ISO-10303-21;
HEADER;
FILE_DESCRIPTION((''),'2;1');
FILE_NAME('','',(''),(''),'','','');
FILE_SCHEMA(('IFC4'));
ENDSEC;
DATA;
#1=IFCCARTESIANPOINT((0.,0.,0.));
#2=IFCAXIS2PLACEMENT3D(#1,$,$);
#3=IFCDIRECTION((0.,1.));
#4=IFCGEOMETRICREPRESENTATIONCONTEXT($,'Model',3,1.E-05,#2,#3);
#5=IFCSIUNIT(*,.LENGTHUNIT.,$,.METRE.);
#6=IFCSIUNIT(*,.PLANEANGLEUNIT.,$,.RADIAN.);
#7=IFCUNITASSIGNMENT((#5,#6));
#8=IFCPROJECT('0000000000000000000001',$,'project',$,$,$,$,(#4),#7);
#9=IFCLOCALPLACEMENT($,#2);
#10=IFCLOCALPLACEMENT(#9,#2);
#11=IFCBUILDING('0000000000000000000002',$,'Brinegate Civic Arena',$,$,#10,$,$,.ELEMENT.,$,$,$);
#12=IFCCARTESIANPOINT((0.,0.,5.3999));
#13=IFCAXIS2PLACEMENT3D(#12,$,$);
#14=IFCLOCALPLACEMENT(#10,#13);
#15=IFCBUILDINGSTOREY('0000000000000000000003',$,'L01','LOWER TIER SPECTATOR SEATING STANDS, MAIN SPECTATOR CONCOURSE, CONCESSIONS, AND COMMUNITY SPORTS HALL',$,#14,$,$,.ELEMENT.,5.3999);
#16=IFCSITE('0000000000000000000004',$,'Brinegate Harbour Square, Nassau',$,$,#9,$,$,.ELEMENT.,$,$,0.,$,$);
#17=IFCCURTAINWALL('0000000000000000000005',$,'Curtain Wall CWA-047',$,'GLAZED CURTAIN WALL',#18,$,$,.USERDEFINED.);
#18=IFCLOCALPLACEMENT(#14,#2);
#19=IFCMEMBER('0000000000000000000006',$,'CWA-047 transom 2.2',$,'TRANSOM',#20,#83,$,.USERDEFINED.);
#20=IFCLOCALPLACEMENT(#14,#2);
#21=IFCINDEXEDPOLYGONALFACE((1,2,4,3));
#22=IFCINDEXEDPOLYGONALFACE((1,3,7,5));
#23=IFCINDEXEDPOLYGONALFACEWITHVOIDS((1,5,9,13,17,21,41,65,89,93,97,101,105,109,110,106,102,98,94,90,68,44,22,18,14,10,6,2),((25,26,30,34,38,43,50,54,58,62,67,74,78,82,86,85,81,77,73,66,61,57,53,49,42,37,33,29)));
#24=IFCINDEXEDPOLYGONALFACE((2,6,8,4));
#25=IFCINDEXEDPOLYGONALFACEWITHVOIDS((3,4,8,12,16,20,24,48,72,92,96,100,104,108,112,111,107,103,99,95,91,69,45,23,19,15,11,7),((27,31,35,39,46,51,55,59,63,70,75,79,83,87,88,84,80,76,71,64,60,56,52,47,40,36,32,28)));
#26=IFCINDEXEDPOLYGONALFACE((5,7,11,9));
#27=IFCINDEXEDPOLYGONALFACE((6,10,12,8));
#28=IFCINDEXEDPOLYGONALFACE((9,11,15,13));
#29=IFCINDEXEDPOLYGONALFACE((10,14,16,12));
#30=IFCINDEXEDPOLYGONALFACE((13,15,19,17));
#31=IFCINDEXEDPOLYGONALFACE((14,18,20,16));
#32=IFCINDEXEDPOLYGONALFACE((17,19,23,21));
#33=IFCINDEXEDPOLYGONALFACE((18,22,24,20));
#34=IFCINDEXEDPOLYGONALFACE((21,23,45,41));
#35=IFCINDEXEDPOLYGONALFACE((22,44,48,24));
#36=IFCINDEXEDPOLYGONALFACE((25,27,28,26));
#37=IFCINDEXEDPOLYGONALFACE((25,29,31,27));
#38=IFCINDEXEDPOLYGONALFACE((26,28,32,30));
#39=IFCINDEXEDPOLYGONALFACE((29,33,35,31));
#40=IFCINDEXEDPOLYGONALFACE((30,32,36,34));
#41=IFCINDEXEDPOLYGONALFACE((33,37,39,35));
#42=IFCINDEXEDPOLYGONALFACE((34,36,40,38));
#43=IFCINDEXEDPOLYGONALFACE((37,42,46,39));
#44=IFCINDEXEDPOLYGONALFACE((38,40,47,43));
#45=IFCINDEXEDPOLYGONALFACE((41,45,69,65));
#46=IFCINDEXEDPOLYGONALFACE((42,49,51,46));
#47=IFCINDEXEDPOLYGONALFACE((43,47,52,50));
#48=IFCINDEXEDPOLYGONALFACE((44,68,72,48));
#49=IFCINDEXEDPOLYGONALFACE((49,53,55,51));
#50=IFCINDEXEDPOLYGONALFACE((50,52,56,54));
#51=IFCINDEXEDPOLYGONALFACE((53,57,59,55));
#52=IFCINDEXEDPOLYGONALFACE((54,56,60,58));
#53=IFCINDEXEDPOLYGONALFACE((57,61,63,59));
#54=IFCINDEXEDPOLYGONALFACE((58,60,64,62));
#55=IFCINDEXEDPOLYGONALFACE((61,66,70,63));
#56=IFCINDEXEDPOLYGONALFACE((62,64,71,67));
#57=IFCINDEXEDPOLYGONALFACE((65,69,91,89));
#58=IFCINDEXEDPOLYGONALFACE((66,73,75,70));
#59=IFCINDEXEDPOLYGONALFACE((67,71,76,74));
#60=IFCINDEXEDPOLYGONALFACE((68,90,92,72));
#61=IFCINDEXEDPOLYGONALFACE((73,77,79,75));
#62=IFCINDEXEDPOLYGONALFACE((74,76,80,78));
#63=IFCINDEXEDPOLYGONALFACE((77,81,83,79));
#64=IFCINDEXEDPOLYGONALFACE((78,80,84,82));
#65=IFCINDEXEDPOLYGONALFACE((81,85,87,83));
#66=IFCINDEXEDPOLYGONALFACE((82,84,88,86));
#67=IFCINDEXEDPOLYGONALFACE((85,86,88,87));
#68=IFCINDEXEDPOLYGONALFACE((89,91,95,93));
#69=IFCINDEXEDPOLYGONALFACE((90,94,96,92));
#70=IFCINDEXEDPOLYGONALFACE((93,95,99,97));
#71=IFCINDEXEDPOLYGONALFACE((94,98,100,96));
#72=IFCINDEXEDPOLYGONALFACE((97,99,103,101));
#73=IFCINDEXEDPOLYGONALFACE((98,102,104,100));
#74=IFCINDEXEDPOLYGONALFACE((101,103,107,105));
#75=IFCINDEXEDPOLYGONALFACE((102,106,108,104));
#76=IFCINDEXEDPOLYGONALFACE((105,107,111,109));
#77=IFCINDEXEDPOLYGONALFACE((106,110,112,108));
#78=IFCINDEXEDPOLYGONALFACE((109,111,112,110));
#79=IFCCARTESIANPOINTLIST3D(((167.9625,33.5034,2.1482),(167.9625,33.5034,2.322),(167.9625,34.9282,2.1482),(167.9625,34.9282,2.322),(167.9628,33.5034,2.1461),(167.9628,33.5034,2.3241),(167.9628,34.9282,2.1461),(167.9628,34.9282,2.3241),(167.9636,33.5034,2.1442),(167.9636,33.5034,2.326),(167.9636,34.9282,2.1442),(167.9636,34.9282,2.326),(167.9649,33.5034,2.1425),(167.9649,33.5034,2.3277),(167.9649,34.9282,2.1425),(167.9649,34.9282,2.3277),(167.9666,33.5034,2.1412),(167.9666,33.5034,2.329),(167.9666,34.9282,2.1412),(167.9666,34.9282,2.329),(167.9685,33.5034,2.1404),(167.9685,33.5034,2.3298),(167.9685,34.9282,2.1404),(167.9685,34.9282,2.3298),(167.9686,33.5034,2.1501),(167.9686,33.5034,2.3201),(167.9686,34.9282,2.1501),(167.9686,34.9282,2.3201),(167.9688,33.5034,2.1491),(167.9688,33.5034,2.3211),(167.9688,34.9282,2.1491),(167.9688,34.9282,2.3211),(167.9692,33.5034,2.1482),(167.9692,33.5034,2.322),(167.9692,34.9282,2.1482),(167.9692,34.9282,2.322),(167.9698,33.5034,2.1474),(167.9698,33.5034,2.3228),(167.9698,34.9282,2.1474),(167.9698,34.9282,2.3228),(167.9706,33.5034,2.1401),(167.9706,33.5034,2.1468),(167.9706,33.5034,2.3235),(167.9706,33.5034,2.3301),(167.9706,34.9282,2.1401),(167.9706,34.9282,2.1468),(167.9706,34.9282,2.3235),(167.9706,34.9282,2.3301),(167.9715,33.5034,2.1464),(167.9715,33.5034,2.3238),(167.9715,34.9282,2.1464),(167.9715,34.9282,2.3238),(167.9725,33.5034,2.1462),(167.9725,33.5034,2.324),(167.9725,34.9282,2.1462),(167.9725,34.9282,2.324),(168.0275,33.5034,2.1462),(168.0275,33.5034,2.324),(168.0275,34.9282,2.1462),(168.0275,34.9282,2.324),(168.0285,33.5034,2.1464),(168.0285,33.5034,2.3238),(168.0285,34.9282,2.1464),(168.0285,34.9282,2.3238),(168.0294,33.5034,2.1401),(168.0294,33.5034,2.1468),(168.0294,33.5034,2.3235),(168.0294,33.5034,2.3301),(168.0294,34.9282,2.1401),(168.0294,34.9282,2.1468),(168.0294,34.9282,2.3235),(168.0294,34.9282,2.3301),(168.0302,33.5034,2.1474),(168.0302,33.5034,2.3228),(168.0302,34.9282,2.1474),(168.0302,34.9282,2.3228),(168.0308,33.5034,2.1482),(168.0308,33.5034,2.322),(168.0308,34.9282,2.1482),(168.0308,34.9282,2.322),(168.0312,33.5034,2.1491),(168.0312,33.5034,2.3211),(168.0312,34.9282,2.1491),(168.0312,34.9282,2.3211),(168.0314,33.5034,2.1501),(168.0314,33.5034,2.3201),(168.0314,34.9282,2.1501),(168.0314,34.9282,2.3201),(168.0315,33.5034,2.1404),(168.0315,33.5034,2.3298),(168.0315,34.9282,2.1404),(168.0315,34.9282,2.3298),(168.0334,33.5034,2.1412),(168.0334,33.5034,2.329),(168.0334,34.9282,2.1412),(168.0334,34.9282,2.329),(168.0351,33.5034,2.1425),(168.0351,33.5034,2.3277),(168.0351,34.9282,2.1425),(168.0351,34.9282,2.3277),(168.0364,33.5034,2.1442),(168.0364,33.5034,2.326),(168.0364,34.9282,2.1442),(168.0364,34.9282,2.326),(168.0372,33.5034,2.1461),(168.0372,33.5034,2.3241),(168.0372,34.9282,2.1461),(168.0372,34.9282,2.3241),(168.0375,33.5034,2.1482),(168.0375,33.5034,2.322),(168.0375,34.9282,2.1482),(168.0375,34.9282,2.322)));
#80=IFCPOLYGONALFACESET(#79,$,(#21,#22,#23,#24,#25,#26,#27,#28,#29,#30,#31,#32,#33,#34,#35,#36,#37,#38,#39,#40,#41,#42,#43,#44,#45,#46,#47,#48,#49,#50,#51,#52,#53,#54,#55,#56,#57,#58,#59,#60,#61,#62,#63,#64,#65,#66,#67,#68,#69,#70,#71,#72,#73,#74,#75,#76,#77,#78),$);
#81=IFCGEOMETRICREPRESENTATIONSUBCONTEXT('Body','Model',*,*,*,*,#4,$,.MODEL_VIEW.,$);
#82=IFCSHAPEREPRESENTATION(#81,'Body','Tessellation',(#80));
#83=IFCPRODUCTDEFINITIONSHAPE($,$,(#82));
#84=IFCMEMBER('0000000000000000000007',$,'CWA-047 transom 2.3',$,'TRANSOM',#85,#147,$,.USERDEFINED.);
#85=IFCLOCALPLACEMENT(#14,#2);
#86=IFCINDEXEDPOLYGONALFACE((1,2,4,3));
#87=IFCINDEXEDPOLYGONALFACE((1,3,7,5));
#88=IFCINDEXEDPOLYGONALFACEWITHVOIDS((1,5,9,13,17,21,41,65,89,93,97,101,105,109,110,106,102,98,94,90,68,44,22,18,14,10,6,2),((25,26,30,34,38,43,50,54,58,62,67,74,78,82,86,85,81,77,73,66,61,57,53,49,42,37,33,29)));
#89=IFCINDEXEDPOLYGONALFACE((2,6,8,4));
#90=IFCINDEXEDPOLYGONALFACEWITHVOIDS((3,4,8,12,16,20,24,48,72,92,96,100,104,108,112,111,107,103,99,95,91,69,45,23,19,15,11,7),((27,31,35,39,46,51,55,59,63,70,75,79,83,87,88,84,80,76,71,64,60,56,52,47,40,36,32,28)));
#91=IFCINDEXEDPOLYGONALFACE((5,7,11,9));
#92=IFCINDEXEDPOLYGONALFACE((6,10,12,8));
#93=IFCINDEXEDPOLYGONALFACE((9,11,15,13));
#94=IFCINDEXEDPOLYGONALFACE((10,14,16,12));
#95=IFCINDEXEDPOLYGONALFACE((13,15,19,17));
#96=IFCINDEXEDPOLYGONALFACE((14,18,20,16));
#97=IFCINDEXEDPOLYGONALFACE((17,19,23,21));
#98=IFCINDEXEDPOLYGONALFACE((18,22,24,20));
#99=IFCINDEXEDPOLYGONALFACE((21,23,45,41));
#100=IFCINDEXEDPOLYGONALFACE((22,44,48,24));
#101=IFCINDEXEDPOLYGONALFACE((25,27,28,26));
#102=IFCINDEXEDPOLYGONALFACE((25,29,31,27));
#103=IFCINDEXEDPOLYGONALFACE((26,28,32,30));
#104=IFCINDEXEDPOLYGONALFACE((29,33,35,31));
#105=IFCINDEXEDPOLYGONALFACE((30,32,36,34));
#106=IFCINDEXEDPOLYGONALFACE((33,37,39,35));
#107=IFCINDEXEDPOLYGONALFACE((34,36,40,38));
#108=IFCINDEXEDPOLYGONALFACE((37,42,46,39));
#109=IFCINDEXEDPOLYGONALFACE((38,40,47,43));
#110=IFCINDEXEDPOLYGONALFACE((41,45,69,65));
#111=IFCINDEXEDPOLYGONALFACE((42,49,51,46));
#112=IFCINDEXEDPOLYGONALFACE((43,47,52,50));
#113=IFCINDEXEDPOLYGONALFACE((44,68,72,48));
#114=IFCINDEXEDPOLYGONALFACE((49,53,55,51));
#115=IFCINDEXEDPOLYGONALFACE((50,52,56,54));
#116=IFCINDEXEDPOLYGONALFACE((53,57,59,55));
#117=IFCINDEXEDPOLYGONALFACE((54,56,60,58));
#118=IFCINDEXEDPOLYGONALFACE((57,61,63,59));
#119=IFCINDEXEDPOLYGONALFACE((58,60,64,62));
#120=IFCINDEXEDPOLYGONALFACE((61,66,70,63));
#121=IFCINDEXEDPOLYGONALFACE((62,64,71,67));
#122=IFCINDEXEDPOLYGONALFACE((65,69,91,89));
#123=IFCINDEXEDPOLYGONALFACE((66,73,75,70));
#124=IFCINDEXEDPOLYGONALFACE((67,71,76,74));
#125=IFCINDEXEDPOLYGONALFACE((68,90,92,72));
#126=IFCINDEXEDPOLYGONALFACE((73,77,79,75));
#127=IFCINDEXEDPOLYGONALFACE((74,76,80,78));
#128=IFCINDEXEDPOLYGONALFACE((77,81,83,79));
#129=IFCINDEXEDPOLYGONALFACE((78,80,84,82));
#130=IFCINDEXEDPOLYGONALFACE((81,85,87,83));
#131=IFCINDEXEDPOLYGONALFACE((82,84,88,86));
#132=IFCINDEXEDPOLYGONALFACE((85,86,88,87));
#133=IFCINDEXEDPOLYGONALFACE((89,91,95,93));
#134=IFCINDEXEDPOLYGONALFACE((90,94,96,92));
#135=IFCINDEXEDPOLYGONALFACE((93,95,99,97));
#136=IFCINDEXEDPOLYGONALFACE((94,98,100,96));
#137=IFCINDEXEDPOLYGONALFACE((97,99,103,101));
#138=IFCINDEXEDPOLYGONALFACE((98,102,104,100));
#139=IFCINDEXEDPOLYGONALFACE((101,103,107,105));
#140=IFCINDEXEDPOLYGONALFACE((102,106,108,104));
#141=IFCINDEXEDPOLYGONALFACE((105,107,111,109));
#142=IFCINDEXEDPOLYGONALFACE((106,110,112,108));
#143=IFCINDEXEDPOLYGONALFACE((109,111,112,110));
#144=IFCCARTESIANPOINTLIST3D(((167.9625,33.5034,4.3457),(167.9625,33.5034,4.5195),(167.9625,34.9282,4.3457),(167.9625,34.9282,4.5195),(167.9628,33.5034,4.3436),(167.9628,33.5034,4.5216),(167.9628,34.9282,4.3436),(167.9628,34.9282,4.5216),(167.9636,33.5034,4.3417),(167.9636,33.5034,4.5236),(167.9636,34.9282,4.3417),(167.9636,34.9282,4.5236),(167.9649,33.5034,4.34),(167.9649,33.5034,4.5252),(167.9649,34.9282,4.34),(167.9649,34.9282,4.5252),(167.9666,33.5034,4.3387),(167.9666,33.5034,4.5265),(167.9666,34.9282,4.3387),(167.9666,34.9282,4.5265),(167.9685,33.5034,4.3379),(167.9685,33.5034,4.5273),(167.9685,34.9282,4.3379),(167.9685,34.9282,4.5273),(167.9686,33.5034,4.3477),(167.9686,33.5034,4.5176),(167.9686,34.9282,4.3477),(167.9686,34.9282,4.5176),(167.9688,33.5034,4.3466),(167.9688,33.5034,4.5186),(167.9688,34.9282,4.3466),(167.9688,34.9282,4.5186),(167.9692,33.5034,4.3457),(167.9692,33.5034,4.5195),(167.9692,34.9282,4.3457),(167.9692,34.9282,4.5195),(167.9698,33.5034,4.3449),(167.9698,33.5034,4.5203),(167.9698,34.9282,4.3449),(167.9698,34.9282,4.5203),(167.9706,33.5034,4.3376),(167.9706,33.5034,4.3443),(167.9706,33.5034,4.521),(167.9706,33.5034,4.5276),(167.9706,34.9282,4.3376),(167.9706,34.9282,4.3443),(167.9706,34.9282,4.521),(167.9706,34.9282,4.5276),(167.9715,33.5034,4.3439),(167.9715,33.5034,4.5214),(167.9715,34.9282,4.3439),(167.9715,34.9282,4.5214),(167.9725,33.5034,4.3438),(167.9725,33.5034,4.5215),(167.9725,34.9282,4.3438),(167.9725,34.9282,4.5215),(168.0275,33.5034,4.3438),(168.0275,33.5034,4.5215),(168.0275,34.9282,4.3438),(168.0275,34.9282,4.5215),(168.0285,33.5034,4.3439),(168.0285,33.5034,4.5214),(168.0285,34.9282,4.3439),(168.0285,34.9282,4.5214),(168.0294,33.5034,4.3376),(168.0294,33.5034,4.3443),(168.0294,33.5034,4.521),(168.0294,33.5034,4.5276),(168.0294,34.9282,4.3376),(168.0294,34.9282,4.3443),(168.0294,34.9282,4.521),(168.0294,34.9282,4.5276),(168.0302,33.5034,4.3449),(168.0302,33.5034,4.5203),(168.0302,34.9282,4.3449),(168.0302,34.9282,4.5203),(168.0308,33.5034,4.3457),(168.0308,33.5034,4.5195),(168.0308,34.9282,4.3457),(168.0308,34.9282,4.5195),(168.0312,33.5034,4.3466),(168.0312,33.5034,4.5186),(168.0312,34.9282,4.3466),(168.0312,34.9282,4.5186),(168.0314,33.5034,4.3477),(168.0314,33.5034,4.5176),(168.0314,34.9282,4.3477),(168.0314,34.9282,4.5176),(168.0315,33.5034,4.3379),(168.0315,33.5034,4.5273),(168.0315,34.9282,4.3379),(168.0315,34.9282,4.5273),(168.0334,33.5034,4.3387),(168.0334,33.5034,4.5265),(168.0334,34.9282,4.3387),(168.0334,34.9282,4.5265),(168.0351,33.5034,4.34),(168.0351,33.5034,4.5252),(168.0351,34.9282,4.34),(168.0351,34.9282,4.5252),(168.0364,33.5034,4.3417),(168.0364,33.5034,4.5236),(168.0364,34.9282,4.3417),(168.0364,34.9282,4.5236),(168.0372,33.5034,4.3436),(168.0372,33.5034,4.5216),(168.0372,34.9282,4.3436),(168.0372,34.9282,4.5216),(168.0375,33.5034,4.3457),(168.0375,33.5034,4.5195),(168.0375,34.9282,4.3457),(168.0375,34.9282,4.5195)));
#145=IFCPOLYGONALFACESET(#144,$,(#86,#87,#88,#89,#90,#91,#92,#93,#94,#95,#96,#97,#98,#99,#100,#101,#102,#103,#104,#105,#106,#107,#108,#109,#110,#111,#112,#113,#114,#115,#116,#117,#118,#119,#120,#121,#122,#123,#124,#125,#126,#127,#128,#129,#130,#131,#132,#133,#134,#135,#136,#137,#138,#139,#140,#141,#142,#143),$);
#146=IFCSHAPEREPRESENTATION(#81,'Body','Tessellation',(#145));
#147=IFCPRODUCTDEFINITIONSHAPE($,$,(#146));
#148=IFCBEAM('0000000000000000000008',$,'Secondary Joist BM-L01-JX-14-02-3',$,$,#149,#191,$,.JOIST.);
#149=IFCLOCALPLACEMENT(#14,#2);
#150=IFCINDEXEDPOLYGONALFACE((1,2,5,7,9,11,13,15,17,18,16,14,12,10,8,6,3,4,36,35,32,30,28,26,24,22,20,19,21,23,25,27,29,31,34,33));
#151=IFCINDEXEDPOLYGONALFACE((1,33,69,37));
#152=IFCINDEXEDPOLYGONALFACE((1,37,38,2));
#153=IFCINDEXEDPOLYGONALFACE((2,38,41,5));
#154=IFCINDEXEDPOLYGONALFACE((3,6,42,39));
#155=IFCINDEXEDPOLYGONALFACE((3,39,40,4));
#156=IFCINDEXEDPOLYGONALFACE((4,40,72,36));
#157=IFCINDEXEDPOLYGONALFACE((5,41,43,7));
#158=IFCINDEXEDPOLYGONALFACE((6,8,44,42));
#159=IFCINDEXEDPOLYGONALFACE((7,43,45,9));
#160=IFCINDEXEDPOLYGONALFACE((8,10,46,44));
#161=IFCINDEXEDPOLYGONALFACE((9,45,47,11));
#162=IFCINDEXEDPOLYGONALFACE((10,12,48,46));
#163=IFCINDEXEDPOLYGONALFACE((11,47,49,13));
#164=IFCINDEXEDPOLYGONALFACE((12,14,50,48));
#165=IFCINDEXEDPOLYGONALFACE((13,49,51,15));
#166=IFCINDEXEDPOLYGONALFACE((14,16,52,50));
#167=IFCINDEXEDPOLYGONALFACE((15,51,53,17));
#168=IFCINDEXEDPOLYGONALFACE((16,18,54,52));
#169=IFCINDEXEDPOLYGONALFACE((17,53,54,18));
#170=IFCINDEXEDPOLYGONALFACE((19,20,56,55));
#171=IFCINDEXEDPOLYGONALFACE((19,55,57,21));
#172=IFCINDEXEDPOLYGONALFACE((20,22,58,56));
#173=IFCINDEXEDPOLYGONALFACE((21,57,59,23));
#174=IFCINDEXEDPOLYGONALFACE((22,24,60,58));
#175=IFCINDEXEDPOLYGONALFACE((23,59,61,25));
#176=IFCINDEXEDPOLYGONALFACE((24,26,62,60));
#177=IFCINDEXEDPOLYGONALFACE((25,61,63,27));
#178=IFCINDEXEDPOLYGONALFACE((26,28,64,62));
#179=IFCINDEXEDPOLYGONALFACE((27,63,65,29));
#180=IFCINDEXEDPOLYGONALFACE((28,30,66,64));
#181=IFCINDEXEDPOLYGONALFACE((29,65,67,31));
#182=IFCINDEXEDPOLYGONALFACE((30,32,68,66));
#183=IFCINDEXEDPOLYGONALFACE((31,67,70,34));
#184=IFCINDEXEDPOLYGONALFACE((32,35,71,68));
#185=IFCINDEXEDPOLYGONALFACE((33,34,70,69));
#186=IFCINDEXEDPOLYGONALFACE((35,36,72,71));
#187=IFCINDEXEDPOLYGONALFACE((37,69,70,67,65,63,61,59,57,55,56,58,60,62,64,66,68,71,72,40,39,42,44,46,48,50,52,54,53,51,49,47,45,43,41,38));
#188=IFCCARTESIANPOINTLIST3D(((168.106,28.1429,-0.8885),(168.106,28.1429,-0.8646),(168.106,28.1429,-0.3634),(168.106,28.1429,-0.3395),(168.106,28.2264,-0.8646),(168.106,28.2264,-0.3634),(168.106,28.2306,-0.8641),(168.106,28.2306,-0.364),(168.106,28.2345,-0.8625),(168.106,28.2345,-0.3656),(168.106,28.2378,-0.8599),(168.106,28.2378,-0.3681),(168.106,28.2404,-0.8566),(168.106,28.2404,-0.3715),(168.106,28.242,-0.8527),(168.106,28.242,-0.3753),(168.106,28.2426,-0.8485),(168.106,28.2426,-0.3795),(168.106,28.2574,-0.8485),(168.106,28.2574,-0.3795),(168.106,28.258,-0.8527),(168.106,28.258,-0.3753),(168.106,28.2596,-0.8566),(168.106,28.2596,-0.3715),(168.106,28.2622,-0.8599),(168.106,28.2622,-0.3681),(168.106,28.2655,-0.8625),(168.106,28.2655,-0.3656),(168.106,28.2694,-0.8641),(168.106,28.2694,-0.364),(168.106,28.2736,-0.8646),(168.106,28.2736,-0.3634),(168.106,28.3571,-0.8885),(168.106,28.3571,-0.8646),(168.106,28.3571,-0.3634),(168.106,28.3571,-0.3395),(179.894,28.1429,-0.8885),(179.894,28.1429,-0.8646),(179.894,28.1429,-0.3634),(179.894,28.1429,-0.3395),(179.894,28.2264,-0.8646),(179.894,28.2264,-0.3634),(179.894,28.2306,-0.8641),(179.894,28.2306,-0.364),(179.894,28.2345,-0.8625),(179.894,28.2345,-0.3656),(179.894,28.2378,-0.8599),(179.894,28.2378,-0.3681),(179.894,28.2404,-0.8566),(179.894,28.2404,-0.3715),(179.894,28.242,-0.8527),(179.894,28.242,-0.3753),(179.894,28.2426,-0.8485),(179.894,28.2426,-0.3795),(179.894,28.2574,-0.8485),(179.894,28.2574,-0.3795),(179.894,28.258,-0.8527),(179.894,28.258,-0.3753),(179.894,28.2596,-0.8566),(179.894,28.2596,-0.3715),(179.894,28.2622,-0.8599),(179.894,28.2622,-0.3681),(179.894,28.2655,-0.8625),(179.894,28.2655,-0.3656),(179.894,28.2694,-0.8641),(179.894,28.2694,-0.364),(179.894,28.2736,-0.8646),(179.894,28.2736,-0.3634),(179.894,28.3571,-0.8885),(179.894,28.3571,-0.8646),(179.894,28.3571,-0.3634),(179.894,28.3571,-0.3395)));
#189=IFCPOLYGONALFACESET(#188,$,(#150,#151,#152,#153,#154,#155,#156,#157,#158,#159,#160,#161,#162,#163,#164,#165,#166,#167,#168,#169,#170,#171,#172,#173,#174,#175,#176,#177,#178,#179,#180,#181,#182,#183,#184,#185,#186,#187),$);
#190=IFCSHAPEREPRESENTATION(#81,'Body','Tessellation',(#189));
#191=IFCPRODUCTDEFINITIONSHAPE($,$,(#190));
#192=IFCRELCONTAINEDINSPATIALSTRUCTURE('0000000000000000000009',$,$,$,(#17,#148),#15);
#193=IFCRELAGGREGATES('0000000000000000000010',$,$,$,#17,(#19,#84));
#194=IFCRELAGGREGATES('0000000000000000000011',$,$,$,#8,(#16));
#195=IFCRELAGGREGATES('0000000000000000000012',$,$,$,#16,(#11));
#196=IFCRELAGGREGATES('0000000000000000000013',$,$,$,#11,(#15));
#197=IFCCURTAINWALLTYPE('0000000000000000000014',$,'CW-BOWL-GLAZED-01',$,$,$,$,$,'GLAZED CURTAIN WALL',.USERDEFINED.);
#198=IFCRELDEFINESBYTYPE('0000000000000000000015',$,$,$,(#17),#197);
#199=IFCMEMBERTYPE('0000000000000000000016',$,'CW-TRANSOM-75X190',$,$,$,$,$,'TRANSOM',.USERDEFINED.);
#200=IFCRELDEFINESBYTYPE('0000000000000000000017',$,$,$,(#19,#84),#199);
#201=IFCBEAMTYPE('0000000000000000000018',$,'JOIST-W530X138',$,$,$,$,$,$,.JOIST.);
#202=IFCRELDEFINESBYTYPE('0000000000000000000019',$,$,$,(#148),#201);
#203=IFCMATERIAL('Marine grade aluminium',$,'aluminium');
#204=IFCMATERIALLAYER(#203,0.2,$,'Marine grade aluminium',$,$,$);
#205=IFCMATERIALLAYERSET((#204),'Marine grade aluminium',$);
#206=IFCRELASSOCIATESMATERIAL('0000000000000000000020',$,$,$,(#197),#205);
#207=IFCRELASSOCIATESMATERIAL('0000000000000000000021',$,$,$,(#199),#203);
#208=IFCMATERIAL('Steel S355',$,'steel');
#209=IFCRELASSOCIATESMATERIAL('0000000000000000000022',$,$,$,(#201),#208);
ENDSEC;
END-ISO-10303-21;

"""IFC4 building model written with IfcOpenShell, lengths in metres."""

from ifc_helpers import new_model, si_unit, direction, frame, origin, origin_2d, place, context, subcontext, project, spatial, hollow_rectangle, i_section, extrude, material, layer, layer_set, material_profile, profile_set, type_object, element, aggregate, save


model = new_model("IFC4")

# Units and contexts
model_context = context("Model", 3, precision=1e-05, world=origin(), true_north=direction((0.0, 1.0)))
body_context = subcontext(model_context, "Body", "Model", "MODEL_VIEW")
ifc_project = project(units=[si_unit("LENGTHUNIT", "METRE"), si_unit("PLANEANGLEUNIT", "RADIAN")], contexts=[model_context])

# Site, building, storey
site_placement = place(None, origin())
site = spatial("IfcSite", under=ifc_project, at=site_placement, Name="Brinegate Harbour Square, Nassau", CompositionType="ELEMENT", RefElevation=0.0)
building_placement = place(site_placement, origin())
building = spatial("IfcBuilding", under=site, at=building_placement, Name="Brinegate Civic Arena", CompositionType="ELEMENT")
storey_placement = place(building_placement, frame((0.0, 0.0, 5.3999)))
storey = spatial("IfcBuildingStorey", under=building, at=storey_placement, Name="L01", Description="LOWER TIER SPECTATOR SEATING STANDS, MAIN SPECTATOR CONCOURSE, CONCESSIONS, AND COMMUNITY SPORTS HALL", CompositionType="ELEMENT", Elevation=5.3999)

# Shared definitions
ifc_material_1 = material(Name="Steel S355", Category="steel")

# Curtain wall
ifc_material_2 = material(Name="Marine grade aluminium", Category="aluminium")
ifc_layer_1 = layer(ifc_material_2, 0.2, Name="Marine grade aluminium")
ifc_layer_set_1 = layer_set([ifc_layer_1], Name="Marine grade aluminium")
curtain_wall_type = type_object("IfcCurtainWallType", Name="CW-BOWL-GLAZED-01", ElementType="GLAZED CURTAIN WALL", PredefinedType="USERDEFINED", material=ifc_layer_set_1)
curtain_wall_1_placement = place(storey_placement, origin())
curtain_wall_1 = element("IfcCurtainWall", 1, at=curtain_wall_1_placement, inside=storey, type_object=curtain_wall_type, Name="Curtain Wall CWA-047", ObjectType="GLAZED CURTAIN WALL", PredefinedType="USERDEFINED")

# Members
ifc_material_profile_1 = material_profile(ifc_material_2, hollow_rectangle(XDim=0.075, YDim=0.1899, WallThickness=0.0061, InnerFilletRadius=0.0039, OuterFilletRadius=0.0081, at=origin_2d()), Name="TRN75X190")
ifc_profile_set_1 = profile_set([ifc_material_profile_1], Name="Marine grade aluminium")
member_type_1 = type_object("IfcMemberType", Name="CW-TRANSOM-75X190", ElementType="TRANSOM", PredefinedType="USERDEFINED", material=ifc_profile_set_1)
member_1_placement = place(storey_placement, frame((168.0, 33.5034, 2.2351), z_axis=(0.0, 1.0, 0.0), x_axis=(-1.0, 0.0, 0.0)))
member_1 = element("IfcMember", 2, at=member_1_placement, type_object=member_type_1, Name="CWA-047 transom 2.2", ObjectType="TRANSOM", PredefinedType="USERDEFINED", context=body_context, shape_type="SweptSolid", body=[
    extrude(hollow_rectangle(XDim=0.075, YDim=0.1899, WallThickness=0.0061, InnerFilletRadius=0.0039, OuterFilletRadius=0.0081, at=origin_2d()), origin(), (0.0, 0.0, 1.0), 1.4248),
])
member_2_placement = place(storey_placement, frame((168.0, 33.5034, 4.4326), z_axis=(0.0, 1.0, 0.0), x_axis=(-1.0, 0.0, 0.0)))
member_2 = element("IfcMember", 3, at=member_2_placement, type_object=member_type_1, Name="CWA-047 transom 2.3", ObjectType="TRANSOM", PredefinedType="USERDEFINED", context=body_context, shape_type="SweptSolid", body=[
    extrude(hollow_rectangle(XDim=0.075, YDim=0.1899, WallThickness=0.0061, InnerFilletRadius=0.0039, OuterFilletRadius=0.0081, at=origin_2d()), origin(), (0.0, 0.0, 1.0), 1.4248),
])

# Beam
ifc_material_profile_2 = material_profile(ifc_material_1, i_section(OverallWidth=0.2141, OverallDepth=0.5491, WebThickness=0.0149, FlangeThickness=0.0239, FilletRadius=0.0161, at=origin_2d()), Name="W530X138")
ifc_profile_set_2 = profile_set([ifc_material_profile_2], Name="Steel S355")
beam_type_1 = type_object("IfcBeamType", Name="JOIST-W530X138", PredefinedType="JOIST", material=ifc_profile_set_2)
beam_1_placement = place(storey_placement, frame((168.106, 28.25, -0.614), z_axis=(1.0, 0.0, 0.0), x_axis=(0.0, 1.0, 0.0)))
element("IfcBeam", 4, at=beam_1_placement, inside=storey, type_object=beam_type_1, Name="Secondary Joist BM-L01-JX-14-02-3", PredefinedType="JOIST", context=body_context, shape_type="SweptSolid", body=[
    extrude(i_section(OverallWidth=0.2141, OverallDepth=0.5491, WebThickness=0.0149, FlangeThickness=0.0239, FilletRadius=0.0161, at=origin_2d()), origin(), (0.0, 0.0, 1.0), 11.7881),
])

aggregate(curtain_wall_1, [member_1, member_2])

save(model, "model.ifc")
